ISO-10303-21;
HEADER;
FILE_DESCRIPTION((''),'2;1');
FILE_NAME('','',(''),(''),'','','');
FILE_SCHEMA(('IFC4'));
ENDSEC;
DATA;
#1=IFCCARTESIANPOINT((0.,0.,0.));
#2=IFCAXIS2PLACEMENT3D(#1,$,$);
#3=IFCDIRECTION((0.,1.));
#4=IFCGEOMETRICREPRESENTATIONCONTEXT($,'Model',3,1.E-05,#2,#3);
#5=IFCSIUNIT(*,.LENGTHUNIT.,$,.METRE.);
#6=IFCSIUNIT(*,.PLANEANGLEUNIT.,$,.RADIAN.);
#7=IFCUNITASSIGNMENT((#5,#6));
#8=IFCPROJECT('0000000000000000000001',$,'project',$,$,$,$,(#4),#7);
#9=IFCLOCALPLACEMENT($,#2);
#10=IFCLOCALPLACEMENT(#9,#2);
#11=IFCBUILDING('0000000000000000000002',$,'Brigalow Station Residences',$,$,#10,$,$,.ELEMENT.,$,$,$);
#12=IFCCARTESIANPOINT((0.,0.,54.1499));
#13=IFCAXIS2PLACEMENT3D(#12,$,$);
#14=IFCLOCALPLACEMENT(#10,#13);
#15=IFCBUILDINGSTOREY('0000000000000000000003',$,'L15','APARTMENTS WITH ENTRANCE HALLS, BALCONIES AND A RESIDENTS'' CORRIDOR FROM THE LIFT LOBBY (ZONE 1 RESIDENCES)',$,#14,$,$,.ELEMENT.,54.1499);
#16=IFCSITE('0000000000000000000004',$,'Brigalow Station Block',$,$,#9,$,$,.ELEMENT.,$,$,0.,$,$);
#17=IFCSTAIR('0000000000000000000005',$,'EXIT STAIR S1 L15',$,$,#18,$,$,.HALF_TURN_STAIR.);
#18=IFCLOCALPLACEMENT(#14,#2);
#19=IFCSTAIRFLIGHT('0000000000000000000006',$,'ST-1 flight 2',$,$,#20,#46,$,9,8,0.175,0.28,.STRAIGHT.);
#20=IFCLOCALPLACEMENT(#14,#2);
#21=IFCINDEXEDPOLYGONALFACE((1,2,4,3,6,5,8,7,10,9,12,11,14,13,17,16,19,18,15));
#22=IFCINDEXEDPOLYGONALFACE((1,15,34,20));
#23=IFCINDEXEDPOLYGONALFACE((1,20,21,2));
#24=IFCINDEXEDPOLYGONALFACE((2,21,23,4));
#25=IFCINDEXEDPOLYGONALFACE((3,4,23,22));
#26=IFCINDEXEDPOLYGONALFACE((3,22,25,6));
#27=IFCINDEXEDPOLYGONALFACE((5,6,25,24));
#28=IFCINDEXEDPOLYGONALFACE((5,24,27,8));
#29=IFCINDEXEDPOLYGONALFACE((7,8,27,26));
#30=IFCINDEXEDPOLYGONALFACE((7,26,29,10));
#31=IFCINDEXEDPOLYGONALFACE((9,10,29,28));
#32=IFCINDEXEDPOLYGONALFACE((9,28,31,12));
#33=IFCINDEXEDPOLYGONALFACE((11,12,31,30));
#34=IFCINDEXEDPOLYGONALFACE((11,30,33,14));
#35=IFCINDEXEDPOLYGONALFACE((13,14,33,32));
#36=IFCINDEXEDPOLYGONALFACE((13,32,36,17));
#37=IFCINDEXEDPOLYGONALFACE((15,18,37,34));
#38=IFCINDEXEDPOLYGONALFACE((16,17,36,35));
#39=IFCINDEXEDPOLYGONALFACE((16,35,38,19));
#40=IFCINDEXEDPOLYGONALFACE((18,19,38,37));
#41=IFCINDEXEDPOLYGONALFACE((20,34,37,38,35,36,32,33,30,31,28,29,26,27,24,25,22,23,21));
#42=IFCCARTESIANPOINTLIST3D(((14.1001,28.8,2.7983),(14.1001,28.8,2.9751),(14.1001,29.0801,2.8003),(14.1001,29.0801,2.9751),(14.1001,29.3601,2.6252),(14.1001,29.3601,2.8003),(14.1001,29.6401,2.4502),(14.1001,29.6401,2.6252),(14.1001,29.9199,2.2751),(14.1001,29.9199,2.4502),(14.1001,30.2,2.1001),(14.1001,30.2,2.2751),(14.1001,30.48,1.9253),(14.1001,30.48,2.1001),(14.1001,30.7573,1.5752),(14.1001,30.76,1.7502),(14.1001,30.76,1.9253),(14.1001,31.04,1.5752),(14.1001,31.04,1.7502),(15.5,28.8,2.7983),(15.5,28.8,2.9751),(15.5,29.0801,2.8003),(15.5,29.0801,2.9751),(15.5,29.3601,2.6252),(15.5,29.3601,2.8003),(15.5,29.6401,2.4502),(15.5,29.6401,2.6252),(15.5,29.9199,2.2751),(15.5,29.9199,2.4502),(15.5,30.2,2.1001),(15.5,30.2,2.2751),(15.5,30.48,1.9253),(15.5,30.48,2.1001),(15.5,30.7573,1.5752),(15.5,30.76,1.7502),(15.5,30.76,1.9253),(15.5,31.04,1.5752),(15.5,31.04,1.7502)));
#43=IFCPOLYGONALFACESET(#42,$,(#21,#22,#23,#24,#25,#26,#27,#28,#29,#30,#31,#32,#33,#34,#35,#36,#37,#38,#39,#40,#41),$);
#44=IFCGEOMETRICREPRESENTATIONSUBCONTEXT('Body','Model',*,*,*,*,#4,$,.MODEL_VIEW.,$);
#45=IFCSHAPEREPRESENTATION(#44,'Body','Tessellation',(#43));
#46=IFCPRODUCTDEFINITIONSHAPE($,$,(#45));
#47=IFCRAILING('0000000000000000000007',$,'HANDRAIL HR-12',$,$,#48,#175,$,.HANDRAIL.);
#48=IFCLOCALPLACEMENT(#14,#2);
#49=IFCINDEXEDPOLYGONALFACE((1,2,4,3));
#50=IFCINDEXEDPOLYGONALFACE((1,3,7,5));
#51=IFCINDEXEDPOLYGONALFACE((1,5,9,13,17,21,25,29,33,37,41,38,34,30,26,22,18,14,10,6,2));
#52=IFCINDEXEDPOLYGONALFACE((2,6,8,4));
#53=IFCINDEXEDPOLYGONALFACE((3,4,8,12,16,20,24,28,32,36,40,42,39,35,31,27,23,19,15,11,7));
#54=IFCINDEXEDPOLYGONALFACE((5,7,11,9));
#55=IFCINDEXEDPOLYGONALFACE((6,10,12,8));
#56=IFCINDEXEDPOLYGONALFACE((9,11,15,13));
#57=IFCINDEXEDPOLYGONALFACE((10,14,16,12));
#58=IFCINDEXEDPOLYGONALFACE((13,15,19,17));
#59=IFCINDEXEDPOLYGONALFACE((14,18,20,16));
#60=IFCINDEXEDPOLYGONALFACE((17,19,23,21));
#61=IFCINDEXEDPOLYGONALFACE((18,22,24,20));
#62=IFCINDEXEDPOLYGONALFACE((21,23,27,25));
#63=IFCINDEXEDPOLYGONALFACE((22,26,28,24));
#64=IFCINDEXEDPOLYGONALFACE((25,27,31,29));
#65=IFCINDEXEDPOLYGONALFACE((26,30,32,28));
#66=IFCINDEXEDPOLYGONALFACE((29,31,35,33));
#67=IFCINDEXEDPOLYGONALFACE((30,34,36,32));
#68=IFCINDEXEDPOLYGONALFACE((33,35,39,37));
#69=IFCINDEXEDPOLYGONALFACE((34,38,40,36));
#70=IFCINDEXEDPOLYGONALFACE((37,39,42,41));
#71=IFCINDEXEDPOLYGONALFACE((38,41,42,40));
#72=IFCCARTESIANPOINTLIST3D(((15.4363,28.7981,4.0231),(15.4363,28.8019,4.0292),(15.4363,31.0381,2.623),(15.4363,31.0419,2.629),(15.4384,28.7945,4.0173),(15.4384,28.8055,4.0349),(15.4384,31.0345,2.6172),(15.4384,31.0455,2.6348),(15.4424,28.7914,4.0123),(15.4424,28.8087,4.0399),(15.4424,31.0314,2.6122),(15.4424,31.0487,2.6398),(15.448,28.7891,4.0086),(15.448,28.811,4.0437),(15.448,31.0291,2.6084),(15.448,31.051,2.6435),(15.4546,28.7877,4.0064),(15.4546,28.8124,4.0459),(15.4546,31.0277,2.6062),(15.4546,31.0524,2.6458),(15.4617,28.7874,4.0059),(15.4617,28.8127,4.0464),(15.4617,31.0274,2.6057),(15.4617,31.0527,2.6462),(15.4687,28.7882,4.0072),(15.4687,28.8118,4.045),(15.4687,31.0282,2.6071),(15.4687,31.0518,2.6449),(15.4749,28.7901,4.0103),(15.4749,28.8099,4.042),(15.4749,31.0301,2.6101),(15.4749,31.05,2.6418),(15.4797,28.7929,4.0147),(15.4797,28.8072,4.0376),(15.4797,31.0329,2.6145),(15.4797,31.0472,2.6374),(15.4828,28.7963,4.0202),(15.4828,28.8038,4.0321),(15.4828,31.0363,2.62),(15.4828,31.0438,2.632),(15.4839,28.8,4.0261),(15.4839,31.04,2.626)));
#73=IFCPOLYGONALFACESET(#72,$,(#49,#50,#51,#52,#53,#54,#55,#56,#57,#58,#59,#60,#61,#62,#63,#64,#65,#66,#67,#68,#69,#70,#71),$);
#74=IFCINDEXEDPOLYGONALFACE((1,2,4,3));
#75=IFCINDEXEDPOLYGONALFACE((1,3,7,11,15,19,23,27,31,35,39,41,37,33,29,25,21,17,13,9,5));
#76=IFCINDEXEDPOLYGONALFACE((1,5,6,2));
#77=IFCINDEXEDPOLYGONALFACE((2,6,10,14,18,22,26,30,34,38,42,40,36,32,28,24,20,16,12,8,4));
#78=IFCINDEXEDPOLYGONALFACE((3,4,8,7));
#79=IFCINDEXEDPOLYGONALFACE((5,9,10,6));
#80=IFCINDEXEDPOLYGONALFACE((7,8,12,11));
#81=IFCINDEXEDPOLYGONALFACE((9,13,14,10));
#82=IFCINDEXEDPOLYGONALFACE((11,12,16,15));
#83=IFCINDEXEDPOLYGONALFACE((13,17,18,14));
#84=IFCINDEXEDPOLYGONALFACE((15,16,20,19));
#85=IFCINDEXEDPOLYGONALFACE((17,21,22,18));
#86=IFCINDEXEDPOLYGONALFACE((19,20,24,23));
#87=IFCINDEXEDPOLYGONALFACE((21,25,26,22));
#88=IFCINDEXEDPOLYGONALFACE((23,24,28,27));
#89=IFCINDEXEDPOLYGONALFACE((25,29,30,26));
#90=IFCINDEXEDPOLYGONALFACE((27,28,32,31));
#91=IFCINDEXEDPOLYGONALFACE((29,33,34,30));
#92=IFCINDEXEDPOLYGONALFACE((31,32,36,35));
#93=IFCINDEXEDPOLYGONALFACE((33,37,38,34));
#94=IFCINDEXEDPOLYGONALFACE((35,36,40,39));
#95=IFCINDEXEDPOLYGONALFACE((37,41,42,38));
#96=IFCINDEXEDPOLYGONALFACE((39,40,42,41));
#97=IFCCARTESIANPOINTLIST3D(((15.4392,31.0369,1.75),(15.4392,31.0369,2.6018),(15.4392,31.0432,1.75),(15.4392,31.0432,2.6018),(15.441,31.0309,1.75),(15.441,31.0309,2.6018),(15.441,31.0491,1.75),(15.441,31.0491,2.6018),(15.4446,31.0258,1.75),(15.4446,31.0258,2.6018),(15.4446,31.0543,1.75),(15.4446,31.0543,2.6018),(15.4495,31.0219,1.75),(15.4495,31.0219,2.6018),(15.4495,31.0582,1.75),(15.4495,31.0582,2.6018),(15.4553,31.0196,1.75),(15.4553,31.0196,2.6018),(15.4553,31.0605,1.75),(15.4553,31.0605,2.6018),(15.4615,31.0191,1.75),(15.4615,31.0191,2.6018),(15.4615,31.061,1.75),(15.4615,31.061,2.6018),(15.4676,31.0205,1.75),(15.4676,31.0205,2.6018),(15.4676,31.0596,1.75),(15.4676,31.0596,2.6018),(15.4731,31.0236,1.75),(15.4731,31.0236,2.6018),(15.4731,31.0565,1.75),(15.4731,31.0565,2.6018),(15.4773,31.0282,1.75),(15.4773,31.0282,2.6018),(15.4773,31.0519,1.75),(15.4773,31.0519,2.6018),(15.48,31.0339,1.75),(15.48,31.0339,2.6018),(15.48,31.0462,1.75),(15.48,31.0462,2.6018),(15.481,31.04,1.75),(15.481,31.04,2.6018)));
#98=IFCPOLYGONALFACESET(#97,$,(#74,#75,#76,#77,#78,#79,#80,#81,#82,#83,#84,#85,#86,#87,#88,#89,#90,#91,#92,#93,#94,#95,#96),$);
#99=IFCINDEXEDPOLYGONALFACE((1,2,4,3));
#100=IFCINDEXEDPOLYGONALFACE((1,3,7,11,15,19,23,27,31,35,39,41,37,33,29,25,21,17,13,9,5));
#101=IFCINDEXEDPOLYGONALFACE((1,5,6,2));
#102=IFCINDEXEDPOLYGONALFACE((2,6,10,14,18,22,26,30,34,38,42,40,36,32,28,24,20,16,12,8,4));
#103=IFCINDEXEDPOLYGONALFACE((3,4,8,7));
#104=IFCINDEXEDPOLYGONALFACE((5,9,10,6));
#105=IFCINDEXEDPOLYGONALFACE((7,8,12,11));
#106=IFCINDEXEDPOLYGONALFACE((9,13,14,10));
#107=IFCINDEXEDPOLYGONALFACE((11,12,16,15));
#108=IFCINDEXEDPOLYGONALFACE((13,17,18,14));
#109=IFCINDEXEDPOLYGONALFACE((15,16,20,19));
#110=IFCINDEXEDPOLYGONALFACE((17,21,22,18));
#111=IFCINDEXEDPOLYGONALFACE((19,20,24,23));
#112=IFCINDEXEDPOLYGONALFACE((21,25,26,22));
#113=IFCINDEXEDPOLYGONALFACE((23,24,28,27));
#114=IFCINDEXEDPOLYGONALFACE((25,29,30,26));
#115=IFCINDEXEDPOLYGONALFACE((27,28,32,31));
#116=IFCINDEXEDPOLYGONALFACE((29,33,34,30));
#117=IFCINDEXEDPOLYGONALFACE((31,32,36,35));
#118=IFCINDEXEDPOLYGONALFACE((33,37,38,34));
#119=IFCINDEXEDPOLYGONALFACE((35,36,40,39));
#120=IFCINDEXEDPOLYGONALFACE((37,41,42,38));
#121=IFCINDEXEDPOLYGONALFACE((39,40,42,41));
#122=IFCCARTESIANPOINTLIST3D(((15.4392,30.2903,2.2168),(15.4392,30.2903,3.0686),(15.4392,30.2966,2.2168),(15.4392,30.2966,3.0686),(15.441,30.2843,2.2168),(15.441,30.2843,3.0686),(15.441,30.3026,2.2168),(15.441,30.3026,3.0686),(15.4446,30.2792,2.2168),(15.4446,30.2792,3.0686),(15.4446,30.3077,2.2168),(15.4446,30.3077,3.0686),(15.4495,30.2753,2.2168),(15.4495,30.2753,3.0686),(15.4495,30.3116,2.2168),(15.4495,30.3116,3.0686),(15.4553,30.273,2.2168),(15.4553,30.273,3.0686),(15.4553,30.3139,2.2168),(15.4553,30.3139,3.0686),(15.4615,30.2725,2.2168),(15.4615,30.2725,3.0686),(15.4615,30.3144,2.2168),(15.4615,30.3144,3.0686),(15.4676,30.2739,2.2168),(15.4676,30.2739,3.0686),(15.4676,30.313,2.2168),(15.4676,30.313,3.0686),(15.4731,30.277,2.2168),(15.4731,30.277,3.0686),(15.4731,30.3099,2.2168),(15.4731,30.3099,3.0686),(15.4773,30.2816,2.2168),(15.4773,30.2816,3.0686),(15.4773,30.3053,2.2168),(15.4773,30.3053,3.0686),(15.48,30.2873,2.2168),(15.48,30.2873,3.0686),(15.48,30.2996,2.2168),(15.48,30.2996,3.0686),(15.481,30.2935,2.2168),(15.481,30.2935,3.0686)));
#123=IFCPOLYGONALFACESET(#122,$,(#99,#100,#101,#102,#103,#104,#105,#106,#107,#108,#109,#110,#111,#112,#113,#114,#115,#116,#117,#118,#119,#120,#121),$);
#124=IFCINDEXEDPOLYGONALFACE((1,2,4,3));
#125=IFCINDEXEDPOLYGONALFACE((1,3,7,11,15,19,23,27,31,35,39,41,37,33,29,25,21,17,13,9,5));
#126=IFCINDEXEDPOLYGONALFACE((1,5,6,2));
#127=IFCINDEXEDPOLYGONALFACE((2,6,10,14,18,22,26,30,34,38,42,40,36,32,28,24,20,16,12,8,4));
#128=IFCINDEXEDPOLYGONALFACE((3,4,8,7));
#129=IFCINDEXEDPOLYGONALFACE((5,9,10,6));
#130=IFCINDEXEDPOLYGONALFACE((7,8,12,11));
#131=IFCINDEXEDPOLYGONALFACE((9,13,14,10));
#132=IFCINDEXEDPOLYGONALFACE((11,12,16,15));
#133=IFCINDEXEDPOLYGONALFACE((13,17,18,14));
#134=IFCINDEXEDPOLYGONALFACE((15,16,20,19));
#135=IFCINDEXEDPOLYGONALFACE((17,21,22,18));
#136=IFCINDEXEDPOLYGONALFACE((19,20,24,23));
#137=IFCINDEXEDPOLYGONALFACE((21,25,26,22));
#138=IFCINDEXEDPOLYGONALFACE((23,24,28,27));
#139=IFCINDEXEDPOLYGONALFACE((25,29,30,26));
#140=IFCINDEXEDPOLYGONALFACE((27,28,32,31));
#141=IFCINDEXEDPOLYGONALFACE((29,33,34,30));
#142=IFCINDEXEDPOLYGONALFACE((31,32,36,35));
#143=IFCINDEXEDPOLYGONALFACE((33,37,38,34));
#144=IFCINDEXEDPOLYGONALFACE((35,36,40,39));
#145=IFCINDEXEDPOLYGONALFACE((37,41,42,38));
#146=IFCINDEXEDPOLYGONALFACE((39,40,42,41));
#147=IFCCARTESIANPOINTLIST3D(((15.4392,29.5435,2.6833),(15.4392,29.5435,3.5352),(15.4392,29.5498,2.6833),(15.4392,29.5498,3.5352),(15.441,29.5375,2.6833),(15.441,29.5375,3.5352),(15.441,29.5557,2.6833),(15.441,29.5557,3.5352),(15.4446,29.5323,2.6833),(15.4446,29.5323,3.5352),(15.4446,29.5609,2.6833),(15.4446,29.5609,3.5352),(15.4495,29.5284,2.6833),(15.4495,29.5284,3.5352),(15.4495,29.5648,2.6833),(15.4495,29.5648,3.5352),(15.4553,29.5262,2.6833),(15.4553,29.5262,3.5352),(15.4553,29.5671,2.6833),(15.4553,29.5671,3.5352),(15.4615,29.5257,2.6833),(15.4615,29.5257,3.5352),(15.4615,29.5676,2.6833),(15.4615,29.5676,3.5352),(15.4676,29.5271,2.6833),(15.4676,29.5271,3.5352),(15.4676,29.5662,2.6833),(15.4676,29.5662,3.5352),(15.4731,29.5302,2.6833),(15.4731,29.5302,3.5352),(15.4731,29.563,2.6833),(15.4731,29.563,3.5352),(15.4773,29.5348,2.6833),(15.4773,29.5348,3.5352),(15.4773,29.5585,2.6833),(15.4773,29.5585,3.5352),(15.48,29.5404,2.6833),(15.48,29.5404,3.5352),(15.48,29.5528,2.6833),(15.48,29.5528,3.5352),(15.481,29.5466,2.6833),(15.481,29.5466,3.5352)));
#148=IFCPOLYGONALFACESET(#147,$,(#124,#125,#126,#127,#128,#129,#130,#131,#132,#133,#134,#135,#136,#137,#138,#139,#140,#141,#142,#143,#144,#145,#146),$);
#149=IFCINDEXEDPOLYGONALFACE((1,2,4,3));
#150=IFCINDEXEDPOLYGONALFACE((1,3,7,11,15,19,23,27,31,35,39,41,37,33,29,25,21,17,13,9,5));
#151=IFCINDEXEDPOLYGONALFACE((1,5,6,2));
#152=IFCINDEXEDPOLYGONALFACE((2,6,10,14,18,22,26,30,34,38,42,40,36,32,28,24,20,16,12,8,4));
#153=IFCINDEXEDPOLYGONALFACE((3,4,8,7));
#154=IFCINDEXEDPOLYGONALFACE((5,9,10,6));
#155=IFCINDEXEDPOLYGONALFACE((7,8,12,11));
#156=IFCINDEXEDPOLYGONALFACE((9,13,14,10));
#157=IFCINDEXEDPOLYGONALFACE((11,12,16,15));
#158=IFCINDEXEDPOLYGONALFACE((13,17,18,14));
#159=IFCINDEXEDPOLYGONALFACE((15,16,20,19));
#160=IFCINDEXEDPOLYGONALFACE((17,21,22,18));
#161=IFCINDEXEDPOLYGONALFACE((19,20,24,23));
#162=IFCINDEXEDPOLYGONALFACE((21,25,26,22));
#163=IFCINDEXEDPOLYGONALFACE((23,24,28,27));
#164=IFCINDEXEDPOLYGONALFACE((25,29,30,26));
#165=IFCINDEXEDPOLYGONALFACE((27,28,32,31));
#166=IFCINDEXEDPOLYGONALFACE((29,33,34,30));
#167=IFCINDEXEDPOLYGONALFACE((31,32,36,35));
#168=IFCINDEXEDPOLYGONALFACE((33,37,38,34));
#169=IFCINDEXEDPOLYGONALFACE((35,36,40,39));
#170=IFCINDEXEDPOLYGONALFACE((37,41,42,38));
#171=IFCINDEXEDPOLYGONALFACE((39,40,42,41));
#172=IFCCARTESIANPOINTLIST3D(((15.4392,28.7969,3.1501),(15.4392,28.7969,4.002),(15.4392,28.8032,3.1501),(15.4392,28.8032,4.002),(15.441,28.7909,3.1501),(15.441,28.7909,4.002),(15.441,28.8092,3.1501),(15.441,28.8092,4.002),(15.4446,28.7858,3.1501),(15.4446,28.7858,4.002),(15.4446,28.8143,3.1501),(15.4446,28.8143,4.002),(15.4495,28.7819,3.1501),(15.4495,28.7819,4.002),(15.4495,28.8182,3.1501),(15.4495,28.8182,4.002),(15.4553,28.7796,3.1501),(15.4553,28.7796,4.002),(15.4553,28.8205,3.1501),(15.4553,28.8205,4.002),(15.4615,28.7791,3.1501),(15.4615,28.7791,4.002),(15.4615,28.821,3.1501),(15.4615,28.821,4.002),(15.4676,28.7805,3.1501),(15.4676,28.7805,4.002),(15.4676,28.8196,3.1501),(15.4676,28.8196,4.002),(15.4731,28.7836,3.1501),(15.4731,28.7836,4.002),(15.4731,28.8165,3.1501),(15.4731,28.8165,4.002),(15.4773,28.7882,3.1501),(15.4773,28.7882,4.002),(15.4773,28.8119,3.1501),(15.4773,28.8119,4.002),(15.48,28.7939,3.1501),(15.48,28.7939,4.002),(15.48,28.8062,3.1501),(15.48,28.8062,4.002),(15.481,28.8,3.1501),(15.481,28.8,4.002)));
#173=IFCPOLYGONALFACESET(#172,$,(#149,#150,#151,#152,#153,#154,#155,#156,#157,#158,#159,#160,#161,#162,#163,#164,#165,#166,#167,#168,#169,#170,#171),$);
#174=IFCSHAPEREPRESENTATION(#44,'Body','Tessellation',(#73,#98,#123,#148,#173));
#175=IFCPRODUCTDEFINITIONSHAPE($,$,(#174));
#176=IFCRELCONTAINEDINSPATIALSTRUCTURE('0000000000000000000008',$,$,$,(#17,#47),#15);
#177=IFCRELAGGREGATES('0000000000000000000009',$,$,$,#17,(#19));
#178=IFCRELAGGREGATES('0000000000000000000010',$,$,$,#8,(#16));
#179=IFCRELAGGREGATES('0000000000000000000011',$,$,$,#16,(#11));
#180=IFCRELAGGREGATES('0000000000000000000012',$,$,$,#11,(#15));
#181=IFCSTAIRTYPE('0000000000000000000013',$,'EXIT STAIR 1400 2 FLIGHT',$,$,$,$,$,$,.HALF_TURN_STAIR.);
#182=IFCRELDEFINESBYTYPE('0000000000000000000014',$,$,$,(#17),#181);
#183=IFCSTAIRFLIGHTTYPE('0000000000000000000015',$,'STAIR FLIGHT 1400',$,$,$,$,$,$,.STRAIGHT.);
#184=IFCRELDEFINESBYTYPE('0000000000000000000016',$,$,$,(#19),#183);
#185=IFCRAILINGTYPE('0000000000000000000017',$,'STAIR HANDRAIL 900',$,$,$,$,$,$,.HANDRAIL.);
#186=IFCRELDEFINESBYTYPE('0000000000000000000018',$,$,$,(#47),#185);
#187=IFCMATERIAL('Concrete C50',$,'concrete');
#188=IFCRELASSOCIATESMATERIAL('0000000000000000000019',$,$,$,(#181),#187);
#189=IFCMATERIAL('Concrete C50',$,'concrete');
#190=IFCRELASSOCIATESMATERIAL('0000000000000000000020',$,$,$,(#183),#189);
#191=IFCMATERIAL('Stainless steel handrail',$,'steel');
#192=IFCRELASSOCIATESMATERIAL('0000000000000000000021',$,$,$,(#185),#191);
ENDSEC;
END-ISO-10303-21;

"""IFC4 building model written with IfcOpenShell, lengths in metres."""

from ifc_helpers import new_model, si_unit, direction, frame, origin, origin_2d, place, context, subcontext, project, spatial, polyline, circle, outline, extrude, material, type_object, element, aggregate, save


model = new_model("IFC4")

# Units and contexts
model_context = context("Model", 3, precision=1e-05, world=origin(), true_north=direction((0.0, 1.0)))
body_context = subcontext(model_context, "Body", "Model", "MODEL_VIEW")
ifc_project = project(units=[si_unit("LENGTHUNIT", "METRE"), si_unit("PLANEANGLEUNIT", "RADIAN")], contexts=[model_context])

# Site, building, storey
site_placement = place(None, origin())
site = spatial("IfcSite", under=ifc_project, at=site_placement, Name="Brigalow Station Block", CompositionType="ELEMENT", RefElevation=0.0)
building_placement = place(site_placement, origin())
building = spatial("IfcBuilding", under=site, at=building_placement, Name="Brigalow Station Residences", CompositionType="ELEMENT")
storey_placement = place(building_placement, frame((0.0, 0.0, 54.1499)))
storey = spatial("IfcBuildingStorey", under=building, at=storey_placement, Name="L15", Description="APARTMENTS WITH ENTRANCE HALLS, BALCONIES AND A RESIDENTS' CORRIDOR FROM THE LIFT LOBBY (ZONE 1 RESIDENCES)", CompositionType="ELEMENT", Elevation=54.1499)

# Stair, stair flight
ifc_material_1 = material(Name="Concrete C50", Category="concrete")
stair_type = type_object("IfcStairType", Name="EXIT STAIR 1400 2 FLIGHT", PredefinedType="HALF_TURN_STAIR", material=ifc_material_1)
stair_placement = place(storey_placement, origin())
stair = element("IfcStair", 1, at=stair_placement, inside=storey, type_object=stair_type, Name="EXIT STAIR S1 L15", PredefinedType="HALF_TURN_STAIR")
ifc_material_2 = material(Name="Concrete C50", Category="concrete")
stair_flight_type = type_object("IfcStairFlightType", Name="STAIR FLIGHT 1400", PredefinedType="STRAIGHT", material=ifc_material_2)
stair_flight_1_placement = place(storey_placement, frame((14.8, 31.04, 1.5752), z_axis=(0.0, 0.0, 1.0), x_axis=(0.0, -1.0, 0.0)))
stair_flight_1 = element("IfcStairFlight", 2, at=stair_flight_1_placement, type_object=stair_flight_type, Name="ST-1 flight 2", NumberOfRisers=9, NumberOfTreads=8, PredefinedType="STRAIGHT", RiserHeight=0.175, TreadLength=0.28, context=body_context, shape_type="SweptSolid", body=[
    extrude(outline(polyline([(0.0, 0.0), (0.0, 0.175), (0.28, 0.175), (0.28, 0.3501), (0.5601, 0.3501), (0.5601, 0.5249), (0.8401, 0.5249), (0.8401, 0.7), (1.1201, 0.7), (1.1201, 0.875), (1.3999, 0.875), (1.3999, 1.05), (1.6799, 1.05), (1.6799, 1.2251), (1.96, 1.2251), (1.96, 1.3999), (2.24, 1.3999), (2.24, 1.575), (2.24, 1.2231), (0.2827, 0.0), (0.0, 0.0)])), frame((0.0, 0.7, 0.0), z_axis=(0.0, -1.0, 0.0), x_axis=(1.0, 0.0, 0.0)), (0.0, 0.0, 1.0), 1.3999),
])
aggregate(stair, [stair_flight_1])

# Railing
ifc_material_3 = material(Name="Stainless steel handrail", Category="steel")
railing_type_1 = type_object("IfcRailingType", Name="STAIR HANDRAIL 900", PredefinedType="HANDRAIL", material=ifc_material_3)
railing_1_placement = place(storey_placement, frame((15.46, 31.04, 1.75)))
element("IfcRailing", 3, at=railing_1_placement, inside=storey, type_object=railing_type_1, Name="HANDRAIL HR-12", PredefinedType="HANDRAIL", context=body_context, shape_type="SweptSolid", body=[
    extrude(circle(Radius=0.0239, at=origin_2d()), frame((0.0, 0.0, 0.876), z_axis=(0.0, -0.847972, 0.53004), x_axis=(1.0, 0.0, 0.0)), (0.0, 0.0, 1.0), 2.6416),
    extrude(circle(Radius=0.021, at=origin_2d()), origin(), (0.0, 0.0, 1.0), 0.8518),
    extrude(circle(Radius=0.021, at=origin_2d()), frame((0.0, -0.7466, 0.4668)), (0.0, 0.0, 1.0), 0.8518),
    extrude(circle(Radius=0.021, at=origin_2d()), frame((0.0, -1.4934, 0.9333)), (0.0, 0.0, 1.0), 0.8518),
    extrude(circle(Radius=0.021, at=origin_2d()), frame((0.0, -2.24, 1.4001)), (0.0, 0.0, 1.0), 0.8518),
])

save(model, "model.ifc")
